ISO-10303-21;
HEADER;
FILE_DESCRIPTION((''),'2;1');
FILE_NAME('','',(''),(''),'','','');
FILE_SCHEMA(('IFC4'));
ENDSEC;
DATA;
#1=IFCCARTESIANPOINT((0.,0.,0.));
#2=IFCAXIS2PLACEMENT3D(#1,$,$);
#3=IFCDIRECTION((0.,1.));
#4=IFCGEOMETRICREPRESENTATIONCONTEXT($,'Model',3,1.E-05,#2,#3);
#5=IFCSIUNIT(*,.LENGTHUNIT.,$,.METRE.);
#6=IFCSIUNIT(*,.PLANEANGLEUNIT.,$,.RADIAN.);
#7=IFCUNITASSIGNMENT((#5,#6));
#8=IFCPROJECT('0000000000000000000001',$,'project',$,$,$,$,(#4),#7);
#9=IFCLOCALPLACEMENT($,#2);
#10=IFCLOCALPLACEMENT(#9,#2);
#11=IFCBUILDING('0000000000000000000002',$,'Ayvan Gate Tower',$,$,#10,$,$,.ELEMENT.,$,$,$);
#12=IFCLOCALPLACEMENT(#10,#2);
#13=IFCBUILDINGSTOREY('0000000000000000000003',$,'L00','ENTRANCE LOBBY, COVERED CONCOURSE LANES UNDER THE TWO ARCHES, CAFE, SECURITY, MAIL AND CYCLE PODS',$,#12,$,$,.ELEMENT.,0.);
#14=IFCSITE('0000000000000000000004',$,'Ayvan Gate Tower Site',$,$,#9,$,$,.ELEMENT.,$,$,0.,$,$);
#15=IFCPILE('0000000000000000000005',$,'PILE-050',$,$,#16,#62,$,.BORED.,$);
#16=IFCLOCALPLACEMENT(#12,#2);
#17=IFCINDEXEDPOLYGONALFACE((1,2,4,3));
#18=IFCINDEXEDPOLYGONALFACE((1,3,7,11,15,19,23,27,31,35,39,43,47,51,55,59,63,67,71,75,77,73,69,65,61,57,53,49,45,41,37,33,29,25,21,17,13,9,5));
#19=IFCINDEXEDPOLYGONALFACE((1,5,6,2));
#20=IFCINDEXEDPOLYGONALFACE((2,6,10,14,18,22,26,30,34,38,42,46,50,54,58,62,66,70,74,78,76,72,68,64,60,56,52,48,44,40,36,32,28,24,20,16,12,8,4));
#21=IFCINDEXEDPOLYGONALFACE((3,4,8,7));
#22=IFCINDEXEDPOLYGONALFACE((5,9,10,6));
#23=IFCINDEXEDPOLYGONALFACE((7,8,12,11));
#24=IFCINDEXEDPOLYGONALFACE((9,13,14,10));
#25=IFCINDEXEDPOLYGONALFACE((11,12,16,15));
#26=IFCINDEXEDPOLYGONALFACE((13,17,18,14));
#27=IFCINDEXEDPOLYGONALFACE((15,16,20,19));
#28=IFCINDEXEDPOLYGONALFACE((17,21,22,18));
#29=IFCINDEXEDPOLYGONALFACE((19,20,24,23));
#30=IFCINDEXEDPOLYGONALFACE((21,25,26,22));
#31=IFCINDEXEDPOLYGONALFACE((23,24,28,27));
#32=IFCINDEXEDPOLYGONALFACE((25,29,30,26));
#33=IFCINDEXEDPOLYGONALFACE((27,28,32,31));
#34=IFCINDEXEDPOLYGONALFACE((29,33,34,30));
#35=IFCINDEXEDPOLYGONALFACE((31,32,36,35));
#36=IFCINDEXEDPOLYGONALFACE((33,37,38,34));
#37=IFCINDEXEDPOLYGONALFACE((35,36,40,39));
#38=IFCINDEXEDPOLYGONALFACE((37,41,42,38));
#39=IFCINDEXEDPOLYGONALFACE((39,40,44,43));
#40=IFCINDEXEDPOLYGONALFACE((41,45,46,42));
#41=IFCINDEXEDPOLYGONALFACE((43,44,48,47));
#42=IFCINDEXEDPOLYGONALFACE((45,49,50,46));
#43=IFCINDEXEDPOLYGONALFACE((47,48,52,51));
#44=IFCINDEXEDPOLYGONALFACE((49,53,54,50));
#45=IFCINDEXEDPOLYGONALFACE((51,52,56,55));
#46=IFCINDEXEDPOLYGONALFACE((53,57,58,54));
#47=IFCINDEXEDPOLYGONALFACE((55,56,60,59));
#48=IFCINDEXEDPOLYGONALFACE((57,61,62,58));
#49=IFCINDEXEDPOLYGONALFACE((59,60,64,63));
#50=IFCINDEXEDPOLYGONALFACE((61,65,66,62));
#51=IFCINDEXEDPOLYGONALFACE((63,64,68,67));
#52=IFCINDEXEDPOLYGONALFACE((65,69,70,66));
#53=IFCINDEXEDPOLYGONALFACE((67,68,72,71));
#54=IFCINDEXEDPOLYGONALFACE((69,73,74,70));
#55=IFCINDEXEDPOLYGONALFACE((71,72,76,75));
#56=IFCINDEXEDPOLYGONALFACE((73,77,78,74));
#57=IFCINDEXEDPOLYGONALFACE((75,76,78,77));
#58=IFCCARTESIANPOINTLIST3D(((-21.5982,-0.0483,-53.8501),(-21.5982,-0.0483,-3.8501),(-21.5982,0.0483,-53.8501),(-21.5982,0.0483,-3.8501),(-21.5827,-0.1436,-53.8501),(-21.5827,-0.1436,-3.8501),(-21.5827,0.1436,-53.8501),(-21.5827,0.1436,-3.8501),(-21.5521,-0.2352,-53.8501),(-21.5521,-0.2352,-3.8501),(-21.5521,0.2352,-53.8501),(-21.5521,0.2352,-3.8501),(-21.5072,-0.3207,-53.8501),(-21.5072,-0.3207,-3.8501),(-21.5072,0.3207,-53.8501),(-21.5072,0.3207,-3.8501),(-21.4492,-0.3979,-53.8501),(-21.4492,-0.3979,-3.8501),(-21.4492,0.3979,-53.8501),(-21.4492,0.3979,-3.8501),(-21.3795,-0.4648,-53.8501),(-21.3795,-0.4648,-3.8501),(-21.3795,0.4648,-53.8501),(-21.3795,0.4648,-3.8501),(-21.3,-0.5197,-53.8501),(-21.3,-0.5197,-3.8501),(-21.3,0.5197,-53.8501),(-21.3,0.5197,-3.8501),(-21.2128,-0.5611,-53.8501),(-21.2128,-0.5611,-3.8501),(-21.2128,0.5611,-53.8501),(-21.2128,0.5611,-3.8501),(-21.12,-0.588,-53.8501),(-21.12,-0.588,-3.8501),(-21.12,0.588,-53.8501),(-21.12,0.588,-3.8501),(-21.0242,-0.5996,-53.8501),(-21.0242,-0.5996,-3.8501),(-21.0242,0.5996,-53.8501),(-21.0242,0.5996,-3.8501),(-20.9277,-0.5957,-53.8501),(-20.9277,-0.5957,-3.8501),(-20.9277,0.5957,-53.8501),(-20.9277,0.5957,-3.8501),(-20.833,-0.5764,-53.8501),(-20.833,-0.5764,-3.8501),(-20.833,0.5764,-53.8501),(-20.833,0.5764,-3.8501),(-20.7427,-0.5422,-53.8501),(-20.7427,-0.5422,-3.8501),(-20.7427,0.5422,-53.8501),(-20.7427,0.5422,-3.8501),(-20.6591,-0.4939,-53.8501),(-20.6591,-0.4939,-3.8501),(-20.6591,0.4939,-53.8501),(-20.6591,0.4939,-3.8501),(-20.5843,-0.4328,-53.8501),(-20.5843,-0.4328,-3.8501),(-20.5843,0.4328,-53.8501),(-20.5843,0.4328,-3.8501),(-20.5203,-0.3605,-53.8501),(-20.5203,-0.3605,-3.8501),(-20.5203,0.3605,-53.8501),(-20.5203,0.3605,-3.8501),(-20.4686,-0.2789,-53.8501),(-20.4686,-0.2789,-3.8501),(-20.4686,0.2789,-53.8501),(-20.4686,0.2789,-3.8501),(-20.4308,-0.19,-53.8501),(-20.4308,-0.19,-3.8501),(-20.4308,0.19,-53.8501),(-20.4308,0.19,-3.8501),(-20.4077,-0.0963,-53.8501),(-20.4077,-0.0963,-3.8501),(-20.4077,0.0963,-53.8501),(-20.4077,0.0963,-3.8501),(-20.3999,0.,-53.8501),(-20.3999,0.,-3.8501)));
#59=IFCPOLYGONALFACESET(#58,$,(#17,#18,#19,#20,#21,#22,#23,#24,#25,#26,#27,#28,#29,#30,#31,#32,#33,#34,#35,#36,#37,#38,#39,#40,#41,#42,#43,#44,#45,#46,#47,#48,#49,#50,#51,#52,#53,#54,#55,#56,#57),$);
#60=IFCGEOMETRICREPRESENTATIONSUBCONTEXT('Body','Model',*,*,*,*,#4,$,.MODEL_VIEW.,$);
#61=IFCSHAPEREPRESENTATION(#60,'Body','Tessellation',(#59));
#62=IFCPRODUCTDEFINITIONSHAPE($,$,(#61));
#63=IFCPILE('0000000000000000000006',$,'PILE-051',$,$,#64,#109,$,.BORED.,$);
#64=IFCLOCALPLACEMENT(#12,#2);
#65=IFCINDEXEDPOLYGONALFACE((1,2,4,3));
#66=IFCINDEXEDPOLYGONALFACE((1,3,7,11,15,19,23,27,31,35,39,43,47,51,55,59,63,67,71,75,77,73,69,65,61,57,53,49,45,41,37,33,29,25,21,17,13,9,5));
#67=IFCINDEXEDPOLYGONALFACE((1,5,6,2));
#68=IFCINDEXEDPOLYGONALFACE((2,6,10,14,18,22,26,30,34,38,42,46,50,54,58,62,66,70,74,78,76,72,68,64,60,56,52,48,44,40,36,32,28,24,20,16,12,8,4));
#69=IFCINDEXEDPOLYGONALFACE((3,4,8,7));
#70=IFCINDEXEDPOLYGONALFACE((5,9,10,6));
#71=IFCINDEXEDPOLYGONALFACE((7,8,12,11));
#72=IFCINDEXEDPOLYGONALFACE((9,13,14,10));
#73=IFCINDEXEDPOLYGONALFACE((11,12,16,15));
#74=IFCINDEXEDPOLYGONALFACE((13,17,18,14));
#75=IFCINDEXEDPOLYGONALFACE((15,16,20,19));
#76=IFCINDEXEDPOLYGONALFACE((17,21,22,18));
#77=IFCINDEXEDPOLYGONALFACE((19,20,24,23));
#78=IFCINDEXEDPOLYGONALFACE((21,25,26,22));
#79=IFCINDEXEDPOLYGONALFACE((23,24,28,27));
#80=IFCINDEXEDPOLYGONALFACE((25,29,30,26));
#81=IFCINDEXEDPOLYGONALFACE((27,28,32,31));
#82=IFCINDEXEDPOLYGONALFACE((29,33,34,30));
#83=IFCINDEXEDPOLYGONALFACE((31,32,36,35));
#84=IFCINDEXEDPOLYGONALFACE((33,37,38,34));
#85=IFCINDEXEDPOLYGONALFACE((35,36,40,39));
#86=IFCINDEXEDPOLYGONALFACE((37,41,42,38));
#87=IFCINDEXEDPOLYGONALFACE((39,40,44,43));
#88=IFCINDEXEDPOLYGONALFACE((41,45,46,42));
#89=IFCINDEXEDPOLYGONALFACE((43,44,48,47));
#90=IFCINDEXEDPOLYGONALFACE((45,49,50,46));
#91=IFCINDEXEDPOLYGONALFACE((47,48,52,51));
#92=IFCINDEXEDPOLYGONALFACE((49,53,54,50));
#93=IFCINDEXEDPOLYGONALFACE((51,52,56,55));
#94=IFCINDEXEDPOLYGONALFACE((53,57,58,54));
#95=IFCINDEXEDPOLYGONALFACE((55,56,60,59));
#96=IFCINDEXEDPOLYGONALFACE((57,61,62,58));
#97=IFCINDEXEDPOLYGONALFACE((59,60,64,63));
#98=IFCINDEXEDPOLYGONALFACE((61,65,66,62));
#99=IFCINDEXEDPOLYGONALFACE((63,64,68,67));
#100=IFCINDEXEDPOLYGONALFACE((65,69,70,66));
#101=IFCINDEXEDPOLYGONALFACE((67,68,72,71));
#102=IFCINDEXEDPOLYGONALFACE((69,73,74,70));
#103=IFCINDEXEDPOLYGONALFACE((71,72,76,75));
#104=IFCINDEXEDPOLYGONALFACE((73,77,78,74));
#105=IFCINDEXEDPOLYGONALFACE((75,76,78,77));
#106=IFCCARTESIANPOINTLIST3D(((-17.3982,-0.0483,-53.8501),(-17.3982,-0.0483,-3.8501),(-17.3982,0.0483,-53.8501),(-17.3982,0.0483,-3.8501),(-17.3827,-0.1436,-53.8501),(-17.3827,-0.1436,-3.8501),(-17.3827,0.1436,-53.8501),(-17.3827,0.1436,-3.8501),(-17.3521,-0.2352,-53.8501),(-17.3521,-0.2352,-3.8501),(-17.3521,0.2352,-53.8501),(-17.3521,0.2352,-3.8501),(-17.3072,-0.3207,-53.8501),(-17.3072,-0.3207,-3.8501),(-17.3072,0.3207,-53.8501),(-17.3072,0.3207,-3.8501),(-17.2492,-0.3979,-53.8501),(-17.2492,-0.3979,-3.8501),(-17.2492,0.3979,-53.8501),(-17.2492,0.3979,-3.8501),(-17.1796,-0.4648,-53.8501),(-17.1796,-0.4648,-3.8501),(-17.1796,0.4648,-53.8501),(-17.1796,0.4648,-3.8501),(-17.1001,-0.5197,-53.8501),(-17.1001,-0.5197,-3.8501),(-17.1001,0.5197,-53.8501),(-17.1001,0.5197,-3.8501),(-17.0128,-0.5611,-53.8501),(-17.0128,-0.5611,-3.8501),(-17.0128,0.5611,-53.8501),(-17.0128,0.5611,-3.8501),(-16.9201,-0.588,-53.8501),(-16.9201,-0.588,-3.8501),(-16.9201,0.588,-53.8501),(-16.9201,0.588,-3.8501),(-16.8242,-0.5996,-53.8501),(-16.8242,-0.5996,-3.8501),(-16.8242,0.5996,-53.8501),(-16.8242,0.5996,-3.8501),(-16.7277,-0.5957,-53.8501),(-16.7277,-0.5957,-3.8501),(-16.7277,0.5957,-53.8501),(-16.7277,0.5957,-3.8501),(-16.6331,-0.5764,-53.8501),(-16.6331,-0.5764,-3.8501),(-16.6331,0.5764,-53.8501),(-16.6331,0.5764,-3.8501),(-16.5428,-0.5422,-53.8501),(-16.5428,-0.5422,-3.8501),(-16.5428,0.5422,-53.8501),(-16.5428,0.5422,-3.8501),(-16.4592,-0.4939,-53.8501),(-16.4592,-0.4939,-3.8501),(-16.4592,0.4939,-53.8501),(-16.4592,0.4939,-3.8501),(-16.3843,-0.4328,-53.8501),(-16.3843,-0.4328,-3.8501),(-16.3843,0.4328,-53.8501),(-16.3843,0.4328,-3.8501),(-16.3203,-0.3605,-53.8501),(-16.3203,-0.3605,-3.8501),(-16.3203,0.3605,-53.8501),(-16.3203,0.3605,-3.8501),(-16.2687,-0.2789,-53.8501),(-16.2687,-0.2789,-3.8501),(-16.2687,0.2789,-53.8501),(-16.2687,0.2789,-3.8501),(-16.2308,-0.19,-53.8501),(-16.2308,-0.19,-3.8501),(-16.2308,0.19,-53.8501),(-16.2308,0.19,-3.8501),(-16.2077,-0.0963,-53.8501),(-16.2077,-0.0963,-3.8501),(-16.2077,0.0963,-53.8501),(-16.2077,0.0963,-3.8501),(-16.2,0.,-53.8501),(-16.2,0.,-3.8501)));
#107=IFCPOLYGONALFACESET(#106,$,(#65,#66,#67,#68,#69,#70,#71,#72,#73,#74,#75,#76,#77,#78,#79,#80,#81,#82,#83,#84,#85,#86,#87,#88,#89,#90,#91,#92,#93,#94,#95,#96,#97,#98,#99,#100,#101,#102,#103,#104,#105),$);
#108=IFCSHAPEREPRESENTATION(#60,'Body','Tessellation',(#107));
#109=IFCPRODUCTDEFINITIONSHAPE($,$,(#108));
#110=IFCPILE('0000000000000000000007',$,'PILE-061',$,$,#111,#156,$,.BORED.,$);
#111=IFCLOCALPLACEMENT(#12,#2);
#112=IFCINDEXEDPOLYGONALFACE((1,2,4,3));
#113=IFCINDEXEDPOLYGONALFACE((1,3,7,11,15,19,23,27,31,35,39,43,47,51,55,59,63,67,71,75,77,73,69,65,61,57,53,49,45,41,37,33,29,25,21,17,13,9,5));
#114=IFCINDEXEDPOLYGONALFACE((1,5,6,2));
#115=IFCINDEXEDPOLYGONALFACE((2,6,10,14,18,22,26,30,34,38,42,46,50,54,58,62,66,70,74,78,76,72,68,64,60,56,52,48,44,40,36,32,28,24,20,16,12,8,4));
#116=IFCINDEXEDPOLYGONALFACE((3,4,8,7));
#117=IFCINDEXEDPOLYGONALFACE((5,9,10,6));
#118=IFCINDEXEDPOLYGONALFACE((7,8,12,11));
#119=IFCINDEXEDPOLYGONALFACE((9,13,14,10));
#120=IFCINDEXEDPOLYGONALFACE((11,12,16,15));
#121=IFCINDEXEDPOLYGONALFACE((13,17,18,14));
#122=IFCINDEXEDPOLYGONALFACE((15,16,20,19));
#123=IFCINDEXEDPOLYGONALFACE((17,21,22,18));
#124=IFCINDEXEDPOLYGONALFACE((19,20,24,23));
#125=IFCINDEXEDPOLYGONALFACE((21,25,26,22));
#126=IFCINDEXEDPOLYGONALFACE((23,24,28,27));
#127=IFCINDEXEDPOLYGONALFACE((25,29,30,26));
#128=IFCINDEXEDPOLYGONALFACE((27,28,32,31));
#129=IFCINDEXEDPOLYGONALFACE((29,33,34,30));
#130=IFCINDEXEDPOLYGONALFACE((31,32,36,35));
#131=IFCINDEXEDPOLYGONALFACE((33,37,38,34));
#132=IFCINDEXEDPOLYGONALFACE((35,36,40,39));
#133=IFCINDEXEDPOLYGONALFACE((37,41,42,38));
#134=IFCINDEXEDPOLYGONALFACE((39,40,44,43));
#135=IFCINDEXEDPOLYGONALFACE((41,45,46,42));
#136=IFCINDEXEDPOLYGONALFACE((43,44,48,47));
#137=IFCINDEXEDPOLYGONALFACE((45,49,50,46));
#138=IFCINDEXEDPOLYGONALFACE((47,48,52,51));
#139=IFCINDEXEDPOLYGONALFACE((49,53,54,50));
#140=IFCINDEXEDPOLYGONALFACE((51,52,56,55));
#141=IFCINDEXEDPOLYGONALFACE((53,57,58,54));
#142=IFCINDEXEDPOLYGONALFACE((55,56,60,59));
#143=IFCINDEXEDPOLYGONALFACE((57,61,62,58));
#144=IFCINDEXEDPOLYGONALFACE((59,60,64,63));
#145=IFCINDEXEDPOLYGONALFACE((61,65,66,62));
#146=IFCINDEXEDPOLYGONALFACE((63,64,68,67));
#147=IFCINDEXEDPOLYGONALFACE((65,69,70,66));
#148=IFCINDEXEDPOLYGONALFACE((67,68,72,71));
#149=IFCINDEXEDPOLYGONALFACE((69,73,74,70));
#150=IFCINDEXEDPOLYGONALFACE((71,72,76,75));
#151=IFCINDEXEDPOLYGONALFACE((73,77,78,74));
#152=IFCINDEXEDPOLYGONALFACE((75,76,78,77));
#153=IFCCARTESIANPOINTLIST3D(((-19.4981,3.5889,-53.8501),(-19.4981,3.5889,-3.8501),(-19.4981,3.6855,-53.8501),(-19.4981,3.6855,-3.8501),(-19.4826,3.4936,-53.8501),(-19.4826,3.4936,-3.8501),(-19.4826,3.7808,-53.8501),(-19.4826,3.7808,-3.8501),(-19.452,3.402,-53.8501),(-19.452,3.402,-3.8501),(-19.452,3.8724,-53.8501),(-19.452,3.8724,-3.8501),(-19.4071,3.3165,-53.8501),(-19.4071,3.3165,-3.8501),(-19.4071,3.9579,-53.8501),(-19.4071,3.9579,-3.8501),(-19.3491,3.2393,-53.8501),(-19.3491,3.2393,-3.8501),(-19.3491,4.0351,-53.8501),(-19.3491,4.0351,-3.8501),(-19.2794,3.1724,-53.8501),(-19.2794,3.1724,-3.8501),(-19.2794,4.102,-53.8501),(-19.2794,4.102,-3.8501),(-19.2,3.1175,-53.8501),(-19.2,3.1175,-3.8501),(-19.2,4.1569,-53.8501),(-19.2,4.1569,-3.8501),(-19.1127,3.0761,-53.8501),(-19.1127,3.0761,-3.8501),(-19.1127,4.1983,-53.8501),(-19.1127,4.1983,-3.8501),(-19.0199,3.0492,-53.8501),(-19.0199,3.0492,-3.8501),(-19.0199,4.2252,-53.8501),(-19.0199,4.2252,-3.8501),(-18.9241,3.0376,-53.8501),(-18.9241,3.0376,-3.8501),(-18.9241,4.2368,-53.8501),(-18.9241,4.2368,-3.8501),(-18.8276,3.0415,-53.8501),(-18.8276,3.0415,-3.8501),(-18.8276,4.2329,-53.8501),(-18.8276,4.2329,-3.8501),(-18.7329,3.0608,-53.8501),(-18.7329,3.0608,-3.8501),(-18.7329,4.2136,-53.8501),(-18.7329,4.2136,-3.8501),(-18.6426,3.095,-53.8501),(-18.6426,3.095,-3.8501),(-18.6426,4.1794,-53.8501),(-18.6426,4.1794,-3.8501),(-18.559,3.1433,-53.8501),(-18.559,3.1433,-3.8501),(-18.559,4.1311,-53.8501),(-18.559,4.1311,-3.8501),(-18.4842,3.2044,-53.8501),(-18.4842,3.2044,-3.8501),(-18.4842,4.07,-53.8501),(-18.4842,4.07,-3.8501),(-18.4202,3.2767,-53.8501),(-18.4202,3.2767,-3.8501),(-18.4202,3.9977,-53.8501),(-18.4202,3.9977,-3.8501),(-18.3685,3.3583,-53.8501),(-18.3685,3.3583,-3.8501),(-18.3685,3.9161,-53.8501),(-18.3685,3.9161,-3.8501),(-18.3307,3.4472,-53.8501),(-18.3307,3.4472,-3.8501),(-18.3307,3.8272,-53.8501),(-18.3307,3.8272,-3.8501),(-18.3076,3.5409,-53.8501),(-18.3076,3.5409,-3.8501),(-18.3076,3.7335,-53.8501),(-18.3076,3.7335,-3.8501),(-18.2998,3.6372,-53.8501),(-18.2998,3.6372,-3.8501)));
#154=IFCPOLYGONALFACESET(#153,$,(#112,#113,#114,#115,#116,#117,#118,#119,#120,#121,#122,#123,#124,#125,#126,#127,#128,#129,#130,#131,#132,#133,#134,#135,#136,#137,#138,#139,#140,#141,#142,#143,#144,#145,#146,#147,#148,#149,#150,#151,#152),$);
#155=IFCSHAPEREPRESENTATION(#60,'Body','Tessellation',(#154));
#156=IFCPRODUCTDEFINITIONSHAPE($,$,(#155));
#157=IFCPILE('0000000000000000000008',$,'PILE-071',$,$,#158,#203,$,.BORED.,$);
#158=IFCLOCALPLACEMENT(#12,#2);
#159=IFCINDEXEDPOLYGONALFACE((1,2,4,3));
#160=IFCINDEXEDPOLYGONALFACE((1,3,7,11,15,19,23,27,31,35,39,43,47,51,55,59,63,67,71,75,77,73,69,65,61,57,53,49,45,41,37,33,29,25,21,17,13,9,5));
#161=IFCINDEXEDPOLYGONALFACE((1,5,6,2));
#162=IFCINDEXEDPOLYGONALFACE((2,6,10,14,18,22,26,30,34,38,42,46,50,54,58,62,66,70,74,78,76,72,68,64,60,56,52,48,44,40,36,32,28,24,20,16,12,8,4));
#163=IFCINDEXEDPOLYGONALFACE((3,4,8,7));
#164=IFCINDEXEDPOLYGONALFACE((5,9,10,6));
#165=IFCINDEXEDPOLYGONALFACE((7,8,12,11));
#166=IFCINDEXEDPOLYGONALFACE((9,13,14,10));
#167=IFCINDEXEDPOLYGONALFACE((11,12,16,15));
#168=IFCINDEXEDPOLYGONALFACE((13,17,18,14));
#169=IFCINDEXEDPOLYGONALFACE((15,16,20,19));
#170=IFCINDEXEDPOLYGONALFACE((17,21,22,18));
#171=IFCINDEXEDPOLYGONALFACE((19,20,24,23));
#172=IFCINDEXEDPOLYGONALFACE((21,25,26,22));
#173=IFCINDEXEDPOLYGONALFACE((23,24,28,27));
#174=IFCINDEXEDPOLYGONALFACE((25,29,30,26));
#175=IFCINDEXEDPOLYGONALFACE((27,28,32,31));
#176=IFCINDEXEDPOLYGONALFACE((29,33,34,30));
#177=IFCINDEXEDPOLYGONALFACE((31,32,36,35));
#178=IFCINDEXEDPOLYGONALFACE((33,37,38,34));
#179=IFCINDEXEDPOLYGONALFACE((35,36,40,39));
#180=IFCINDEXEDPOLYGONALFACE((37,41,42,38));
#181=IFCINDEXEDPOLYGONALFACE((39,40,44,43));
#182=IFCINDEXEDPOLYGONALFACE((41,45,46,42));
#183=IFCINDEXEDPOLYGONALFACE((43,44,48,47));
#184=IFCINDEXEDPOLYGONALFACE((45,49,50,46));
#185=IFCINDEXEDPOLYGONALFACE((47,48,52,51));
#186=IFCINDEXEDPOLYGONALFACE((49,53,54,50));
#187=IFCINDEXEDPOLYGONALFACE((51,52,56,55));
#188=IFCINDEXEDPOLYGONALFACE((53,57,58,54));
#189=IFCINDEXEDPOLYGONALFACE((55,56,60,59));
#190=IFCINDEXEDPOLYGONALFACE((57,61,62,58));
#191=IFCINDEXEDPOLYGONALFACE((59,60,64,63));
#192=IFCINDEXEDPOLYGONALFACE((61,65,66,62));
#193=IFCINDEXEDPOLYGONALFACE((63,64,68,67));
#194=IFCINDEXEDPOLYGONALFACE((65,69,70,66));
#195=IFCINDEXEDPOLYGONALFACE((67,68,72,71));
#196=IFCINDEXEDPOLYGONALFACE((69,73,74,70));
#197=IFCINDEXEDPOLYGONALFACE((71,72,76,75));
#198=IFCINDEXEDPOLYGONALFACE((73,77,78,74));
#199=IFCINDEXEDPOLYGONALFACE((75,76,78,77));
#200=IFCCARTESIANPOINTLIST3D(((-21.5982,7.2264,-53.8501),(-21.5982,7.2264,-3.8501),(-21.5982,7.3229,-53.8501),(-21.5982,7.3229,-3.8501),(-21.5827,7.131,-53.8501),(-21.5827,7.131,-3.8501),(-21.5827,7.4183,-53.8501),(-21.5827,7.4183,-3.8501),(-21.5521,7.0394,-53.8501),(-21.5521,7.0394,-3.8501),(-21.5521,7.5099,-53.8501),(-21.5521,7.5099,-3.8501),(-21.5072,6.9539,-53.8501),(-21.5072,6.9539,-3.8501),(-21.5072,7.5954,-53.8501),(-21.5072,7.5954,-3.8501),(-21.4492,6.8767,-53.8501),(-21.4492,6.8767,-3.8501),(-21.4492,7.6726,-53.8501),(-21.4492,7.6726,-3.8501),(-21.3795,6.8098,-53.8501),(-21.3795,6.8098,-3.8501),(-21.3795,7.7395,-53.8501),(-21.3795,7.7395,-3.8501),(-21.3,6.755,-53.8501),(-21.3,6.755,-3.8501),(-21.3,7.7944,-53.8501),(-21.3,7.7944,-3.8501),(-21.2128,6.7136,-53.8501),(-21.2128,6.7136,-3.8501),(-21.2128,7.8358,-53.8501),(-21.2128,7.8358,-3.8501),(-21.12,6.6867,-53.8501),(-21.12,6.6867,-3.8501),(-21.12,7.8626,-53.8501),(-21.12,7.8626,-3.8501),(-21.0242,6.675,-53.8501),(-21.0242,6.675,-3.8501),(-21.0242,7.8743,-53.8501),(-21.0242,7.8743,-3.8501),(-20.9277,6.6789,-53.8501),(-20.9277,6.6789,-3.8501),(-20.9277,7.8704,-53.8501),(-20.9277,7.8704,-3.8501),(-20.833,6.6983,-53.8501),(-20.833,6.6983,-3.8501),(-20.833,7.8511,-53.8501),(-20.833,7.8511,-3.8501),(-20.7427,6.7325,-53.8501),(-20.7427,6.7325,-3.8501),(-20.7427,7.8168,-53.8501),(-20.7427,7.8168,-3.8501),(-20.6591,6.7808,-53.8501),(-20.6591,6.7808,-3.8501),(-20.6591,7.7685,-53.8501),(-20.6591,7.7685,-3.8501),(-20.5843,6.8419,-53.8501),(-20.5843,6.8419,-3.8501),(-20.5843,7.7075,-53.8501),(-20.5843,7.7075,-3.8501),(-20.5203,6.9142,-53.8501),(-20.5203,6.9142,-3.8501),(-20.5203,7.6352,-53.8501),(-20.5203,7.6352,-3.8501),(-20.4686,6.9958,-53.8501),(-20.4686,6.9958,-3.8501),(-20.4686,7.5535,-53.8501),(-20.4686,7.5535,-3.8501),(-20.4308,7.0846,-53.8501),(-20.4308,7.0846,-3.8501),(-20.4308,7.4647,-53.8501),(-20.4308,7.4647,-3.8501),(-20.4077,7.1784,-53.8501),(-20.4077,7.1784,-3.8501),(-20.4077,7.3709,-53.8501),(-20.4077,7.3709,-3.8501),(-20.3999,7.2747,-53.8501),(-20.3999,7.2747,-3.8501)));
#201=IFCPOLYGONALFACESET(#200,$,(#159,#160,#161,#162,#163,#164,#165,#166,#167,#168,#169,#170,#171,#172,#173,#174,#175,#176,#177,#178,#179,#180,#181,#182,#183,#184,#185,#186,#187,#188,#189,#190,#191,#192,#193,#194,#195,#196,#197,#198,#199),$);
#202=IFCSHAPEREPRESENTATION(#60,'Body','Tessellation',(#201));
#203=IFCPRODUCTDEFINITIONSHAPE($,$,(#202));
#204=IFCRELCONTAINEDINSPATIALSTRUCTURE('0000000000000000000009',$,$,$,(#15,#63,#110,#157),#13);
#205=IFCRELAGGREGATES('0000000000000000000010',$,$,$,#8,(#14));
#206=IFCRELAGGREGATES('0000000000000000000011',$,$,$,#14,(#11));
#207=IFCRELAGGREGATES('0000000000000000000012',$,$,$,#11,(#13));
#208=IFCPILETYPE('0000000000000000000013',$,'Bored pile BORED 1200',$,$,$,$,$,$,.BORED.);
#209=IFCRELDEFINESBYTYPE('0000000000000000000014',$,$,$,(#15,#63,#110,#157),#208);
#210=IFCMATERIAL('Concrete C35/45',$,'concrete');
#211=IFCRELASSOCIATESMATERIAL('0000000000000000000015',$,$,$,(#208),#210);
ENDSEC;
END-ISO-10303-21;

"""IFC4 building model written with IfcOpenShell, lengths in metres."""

from ifc_helpers import new_model, si_unit, direction, frame, origin, origin_2d, place, context, subcontext, project, spatial, circle, extrude, material, material_profile, profile_set, type_object, element, save


model = new_model("IFC4")

# Units and contexts
model_context = context("Model", 3, precision=1e-05, world=origin(), true_north=direction((0.0, 1.0)))
body_context = subcontext(model_context, "Body", "Model", "MODEL_VIEW")
ifc_project = project(units=[si_unit("LENGTHUNIT", "METRE"), si_unit("PLANEANGLEUNIT", "RADIAN")], contexts=[model_context])

# Site, building, storey
site_placement = place(None, origin())
site = spatial("IfcSite", under=ifc_project, at=site_placement, Name="Ayvan Gate Tower Site", CompositionType="ELEMENT", RefElevation=0.0)
building_placement = place(site_placement, origin())
building = spatial("IfcBuilding", under=site, at=building_placement, Name="Ayvan Gate Tower", CompositionType="ELEMENT")
storey_placement = place(building_placement, origin())
storey = spatial("IfcBuildingStorey", under=building, at=storey_placement, Name="L00", Description="ENTRANCE LOBBY, COVERED CONCOURSE LANES UNDER THE TWO ARCHES, CAFE, SECURITY, MAIL AND CYCLE PODS", CompositionType="ELEMENT", Elevation=0.0)

# Piles
ifc_material_1 = material(Name="Concrete C35/45", Category="concrete")
ifc_material_profile_1 = material_profile(ifc_material_1, circle(Radius=0.6001, at=origin_2d()), Name="BORED 1200")
ifc_profile_set_1 = profile_set([ifc_material_profile_1], Name="Concrete C35/45")
pile_type = type_object("IfcPileType", Name="Bored pile BORED 1200", PredefinedType="BORED", material=ifc_profile_set_1)
for number, where, z_axis, x_axis, name in (
    (1, (-21.0, 0.0, -3.8501), (0.0, 0.0, -1.0), (1.0, 0.0, 0.0), "PILE-050"),
    (2, (-16.8, 0.0, -3.8501), (0.0, 0.0, -1.0), (1.0, 0.0, 0.0), "PILE-051"),
    (3, (-18.8999, 3.6372, -3.8501), (0.0, 0.0, -1.0), (1.0, 0.0, 0.0), "PILE-061"),
    (4, (-21.0, 7.2747, -3.8501), (0.0, 0.0, -1.0), (1.0, 0.0, 0.0), "PILE-071"),
):
    element("IfcPile", number, at=place(storey_placement, frame(where, z_axis=z_axis, x_axis=x_axis)), inside=storey, type_object=pile_type, Name=name, PredefinedType="BORED", context=body_context, shape_type="SweptSolid", body=[
        extrude(circle(Radius=0.6001, at=origin_2d()), origin(), (0.0, 0.0, 1.0), 50.0),
    ])

save(model, "model.ifc")
